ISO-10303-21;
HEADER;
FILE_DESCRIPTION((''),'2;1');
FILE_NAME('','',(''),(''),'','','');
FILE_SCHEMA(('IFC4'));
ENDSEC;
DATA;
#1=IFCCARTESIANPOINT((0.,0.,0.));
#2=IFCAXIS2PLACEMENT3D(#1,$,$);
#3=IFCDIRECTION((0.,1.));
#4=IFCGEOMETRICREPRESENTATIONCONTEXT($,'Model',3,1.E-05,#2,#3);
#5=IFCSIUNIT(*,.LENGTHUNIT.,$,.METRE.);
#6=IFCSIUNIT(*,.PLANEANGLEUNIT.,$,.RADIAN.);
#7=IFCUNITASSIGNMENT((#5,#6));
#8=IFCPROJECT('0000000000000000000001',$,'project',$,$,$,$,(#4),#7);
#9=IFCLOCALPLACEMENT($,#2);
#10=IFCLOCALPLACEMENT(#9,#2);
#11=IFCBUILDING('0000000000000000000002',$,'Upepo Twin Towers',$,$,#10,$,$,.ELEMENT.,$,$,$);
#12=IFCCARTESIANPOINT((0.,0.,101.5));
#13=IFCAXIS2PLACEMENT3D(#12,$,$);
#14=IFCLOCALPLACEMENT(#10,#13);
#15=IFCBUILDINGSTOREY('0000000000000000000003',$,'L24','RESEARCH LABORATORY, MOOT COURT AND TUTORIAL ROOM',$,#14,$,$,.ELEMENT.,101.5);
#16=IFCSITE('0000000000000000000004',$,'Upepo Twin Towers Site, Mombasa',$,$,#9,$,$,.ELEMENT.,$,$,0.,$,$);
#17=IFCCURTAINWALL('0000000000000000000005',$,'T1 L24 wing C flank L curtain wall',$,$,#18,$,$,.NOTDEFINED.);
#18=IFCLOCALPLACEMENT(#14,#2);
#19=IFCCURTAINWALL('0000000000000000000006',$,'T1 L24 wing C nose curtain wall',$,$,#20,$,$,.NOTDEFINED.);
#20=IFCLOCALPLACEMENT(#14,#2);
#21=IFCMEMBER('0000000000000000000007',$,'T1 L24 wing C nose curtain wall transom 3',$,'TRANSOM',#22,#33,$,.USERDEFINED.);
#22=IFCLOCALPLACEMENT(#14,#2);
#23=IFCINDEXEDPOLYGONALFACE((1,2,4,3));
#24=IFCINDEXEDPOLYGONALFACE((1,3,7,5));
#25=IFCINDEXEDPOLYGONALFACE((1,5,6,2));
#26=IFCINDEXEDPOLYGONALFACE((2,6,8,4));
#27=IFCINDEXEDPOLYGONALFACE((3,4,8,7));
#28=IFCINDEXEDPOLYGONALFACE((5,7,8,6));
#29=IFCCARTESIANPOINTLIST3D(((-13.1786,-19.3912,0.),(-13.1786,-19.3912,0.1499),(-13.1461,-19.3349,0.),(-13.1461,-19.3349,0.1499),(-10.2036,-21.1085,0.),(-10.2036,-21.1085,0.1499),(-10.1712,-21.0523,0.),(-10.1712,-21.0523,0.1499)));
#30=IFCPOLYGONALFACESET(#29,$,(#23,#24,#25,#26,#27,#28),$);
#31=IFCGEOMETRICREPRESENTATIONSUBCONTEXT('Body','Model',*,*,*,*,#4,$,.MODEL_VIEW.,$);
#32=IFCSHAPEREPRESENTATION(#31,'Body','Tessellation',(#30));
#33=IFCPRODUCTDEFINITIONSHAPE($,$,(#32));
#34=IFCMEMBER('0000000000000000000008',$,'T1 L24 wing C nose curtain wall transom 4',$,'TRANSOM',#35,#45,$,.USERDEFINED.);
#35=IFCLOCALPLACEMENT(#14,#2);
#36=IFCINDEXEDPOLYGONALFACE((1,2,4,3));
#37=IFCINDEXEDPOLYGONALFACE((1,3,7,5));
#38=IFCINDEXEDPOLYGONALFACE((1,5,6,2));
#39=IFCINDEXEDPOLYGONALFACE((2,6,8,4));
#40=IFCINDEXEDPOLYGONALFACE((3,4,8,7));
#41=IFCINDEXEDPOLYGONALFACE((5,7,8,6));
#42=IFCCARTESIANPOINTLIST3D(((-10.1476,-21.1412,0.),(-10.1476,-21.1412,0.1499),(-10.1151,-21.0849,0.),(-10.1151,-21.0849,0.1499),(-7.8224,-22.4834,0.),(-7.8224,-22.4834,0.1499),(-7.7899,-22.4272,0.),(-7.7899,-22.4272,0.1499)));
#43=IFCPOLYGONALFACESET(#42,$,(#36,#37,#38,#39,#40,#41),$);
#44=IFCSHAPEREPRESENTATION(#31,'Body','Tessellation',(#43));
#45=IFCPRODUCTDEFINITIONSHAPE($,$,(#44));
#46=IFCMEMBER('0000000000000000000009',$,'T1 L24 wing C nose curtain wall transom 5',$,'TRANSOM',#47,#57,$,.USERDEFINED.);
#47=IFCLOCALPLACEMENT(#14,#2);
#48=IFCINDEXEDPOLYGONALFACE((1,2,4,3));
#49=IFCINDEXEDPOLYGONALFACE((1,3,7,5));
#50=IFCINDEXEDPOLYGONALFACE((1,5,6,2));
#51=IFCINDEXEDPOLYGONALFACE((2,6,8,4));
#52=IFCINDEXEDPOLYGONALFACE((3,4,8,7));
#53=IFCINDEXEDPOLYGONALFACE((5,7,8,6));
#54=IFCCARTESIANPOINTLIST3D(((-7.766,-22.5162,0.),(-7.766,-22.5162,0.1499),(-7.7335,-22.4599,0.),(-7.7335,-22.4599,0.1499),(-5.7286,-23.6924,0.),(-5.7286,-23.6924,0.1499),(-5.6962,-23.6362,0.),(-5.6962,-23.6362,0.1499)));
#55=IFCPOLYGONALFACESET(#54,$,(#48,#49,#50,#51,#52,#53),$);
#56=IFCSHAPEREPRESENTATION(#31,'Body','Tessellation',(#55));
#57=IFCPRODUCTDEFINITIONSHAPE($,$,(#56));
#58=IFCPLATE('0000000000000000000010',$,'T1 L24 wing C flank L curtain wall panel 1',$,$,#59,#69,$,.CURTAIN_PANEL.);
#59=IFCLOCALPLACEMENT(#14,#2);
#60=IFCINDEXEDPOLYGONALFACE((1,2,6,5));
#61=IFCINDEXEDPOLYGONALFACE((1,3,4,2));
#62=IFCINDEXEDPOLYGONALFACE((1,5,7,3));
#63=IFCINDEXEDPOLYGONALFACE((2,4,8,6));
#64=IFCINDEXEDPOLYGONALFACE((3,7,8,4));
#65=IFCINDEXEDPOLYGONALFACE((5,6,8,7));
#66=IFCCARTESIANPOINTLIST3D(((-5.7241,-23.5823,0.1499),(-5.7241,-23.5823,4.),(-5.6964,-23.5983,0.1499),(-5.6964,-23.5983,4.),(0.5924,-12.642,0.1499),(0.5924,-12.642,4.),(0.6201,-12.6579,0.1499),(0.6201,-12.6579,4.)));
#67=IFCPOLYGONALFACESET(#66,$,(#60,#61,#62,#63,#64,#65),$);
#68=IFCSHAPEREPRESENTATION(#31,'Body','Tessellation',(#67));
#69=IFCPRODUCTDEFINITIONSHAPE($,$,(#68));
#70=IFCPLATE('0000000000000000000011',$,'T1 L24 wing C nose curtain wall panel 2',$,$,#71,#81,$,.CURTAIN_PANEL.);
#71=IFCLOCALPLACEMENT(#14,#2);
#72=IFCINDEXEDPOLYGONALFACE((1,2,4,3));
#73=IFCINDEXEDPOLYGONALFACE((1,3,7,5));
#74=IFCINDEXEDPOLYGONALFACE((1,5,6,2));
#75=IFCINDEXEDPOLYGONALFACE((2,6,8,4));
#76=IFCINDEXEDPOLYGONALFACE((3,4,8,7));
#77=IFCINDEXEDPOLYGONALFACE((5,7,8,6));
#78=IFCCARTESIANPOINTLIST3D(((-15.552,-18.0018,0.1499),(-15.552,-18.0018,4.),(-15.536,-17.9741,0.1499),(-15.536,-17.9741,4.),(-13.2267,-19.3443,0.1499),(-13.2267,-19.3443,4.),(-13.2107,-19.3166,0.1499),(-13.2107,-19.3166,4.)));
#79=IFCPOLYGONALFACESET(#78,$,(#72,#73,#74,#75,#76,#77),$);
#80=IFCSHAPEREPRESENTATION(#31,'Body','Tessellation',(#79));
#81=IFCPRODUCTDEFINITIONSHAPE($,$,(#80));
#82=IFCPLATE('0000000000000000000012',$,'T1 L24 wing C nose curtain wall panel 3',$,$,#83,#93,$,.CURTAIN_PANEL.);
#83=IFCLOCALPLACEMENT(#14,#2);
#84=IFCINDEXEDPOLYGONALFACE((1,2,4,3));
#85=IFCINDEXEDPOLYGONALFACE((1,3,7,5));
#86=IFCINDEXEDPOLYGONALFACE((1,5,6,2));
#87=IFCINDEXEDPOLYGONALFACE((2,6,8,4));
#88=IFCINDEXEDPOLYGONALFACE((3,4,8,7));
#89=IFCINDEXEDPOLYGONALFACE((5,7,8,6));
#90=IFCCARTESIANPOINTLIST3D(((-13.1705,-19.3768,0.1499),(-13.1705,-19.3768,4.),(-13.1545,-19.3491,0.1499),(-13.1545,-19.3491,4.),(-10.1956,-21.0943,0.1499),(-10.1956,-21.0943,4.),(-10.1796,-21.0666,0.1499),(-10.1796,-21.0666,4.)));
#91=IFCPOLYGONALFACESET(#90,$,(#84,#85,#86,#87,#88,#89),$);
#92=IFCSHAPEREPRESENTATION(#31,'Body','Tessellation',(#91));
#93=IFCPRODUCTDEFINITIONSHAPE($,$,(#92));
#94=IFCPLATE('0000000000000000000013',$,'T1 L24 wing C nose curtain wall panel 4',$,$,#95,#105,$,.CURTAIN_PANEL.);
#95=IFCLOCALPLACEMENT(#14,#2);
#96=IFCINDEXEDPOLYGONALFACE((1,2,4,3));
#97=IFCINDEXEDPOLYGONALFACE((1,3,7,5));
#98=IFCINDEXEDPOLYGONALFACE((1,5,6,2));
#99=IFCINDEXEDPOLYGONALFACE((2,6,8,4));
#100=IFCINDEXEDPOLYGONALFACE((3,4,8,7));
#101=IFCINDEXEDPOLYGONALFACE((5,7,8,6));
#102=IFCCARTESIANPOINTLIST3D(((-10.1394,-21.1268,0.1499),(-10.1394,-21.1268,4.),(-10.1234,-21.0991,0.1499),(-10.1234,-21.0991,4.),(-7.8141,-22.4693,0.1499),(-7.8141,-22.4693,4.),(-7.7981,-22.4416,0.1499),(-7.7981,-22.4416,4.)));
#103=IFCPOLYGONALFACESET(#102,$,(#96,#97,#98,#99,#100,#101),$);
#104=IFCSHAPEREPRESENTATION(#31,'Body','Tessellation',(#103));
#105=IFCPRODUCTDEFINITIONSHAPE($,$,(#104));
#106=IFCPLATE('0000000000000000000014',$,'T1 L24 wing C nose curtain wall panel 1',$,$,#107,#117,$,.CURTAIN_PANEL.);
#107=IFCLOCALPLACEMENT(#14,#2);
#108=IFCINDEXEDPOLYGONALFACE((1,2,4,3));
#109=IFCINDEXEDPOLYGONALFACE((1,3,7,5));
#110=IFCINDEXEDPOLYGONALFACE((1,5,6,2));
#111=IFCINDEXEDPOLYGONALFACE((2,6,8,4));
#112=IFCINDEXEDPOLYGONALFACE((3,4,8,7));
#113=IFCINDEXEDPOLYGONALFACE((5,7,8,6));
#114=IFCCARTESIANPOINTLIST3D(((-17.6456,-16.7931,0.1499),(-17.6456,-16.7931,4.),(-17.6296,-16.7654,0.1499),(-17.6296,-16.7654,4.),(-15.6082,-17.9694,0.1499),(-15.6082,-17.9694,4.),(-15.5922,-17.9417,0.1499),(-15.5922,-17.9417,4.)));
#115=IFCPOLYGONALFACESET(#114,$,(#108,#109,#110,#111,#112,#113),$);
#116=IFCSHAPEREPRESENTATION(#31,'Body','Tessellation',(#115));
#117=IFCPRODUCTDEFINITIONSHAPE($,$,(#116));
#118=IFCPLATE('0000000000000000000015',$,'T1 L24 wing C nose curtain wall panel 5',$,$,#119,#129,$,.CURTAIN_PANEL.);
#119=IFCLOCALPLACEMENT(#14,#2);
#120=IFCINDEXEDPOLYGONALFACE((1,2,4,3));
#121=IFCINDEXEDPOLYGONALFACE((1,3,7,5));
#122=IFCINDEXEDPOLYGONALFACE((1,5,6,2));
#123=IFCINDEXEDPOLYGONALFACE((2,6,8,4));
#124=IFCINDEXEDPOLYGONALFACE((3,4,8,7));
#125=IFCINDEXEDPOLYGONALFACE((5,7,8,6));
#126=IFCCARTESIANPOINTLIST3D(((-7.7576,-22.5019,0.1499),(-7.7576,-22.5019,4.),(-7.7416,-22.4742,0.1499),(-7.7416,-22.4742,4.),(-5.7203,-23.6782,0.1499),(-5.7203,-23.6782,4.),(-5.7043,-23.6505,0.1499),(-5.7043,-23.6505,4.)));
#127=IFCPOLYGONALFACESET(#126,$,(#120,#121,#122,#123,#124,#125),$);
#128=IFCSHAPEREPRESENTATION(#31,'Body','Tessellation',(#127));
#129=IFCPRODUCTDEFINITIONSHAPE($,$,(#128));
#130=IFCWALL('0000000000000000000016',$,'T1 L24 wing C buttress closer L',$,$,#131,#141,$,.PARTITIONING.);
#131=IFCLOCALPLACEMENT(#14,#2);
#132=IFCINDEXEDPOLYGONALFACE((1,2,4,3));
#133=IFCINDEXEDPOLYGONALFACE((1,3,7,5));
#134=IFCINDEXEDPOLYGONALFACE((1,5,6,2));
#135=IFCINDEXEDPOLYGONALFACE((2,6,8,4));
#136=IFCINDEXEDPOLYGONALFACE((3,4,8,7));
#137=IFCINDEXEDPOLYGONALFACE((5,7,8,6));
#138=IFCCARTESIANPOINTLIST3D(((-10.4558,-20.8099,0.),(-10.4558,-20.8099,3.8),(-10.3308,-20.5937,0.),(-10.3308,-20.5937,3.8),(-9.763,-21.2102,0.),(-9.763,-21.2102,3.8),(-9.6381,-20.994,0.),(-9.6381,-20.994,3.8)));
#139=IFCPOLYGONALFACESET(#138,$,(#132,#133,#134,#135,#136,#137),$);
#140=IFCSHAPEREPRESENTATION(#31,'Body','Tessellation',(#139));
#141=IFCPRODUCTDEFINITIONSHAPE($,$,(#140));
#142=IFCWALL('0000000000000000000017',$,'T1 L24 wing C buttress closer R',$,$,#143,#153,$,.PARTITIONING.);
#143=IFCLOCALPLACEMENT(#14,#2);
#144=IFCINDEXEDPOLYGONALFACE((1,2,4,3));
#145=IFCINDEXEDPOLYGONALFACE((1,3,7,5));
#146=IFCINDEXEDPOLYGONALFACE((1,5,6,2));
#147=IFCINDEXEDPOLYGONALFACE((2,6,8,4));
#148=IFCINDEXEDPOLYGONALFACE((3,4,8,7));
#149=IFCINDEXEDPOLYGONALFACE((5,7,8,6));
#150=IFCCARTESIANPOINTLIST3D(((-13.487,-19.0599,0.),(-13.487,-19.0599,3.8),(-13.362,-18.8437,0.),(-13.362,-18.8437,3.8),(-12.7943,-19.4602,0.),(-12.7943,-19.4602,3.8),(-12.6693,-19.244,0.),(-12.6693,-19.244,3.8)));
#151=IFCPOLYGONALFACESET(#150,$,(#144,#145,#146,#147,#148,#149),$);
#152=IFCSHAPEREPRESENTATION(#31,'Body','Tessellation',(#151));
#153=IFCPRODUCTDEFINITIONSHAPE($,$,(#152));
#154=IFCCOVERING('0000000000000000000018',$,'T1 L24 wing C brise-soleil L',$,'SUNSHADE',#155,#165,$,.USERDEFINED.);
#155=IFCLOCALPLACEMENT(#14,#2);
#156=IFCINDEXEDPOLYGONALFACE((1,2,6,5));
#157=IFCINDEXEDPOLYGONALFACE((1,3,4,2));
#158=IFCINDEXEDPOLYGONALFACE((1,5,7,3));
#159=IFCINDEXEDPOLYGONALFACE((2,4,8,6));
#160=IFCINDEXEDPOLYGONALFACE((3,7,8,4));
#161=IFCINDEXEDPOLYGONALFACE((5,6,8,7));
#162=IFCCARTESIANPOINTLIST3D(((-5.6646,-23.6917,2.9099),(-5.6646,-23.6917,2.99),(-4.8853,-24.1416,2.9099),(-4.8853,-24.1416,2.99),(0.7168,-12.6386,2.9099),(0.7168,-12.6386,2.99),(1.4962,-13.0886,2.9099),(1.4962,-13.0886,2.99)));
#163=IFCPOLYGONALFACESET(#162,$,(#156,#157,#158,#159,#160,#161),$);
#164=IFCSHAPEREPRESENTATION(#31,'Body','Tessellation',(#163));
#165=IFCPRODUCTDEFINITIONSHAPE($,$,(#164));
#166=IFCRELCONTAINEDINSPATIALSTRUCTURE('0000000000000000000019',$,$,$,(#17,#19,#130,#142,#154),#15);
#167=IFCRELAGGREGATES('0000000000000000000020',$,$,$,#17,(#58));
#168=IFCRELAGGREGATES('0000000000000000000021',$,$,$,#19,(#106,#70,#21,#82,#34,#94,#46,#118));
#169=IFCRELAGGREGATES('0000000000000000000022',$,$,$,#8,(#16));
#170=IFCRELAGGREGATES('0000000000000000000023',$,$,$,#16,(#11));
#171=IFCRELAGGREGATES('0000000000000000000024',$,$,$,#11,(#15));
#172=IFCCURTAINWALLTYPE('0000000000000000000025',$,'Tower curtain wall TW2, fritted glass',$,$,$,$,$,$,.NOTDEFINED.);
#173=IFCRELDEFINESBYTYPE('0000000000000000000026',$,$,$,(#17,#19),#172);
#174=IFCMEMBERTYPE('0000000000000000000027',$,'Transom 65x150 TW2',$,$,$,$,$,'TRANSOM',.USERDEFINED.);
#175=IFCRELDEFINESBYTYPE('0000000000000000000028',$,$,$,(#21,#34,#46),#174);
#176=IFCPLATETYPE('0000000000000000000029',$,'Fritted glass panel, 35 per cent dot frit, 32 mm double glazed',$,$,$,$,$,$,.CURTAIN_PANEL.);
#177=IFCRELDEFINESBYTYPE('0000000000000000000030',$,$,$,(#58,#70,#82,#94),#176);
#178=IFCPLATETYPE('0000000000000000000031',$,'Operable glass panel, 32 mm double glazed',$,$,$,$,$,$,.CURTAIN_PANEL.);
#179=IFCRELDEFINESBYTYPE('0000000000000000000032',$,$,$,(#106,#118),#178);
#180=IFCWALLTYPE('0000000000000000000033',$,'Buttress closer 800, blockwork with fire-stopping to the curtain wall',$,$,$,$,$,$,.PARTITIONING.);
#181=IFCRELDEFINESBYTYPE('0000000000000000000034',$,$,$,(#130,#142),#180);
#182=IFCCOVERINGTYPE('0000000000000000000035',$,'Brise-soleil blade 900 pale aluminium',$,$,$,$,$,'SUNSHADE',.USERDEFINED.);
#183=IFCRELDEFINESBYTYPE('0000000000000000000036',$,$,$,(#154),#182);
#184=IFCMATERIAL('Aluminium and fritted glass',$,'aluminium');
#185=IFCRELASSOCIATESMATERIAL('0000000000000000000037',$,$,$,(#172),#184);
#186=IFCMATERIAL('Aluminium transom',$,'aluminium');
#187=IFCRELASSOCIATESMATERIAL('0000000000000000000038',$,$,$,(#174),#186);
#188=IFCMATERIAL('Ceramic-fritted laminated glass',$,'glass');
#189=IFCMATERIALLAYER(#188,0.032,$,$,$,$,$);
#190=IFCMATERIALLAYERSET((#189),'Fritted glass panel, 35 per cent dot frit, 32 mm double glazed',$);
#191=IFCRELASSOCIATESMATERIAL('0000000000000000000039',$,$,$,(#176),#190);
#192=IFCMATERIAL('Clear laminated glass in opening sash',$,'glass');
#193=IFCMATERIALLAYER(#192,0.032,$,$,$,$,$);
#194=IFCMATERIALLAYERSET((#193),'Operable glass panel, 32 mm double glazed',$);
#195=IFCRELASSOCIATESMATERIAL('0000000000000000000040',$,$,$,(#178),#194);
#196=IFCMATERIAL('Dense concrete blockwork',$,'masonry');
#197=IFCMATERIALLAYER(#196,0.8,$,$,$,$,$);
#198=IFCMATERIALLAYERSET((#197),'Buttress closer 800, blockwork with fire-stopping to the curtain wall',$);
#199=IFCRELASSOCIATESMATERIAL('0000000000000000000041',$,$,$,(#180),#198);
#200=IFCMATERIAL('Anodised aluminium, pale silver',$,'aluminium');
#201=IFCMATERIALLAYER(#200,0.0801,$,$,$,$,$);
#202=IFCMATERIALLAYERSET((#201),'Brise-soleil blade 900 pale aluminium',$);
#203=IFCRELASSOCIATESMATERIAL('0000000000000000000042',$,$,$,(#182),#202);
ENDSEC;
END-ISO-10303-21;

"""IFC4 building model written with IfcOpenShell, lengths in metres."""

from ifc_helpers import new_model, si_unit, direction, frame, frame_2d, origin, origin_2d, place, context, subcontext, project, spatial, rectangle, extrude, material, layer, layer_set, material_profile, profile_set, type_object, element, aggregate, save


model = new_model("IFC4")

# Units and contexts
model_context = context("Model", 3, precision=1e-05, world=origin(), true_north=direction((0.0, 1.0)))
body_context = subcontext(model_context, "Body", "Model", "MODEL_VIEW")
ifc_project = project(units=[si_unit("LENGTHUNIT", "METRE"), si_unit("PLANEANGLEUNIT", "RADIAN")], contexts=[model_context])

# Site, building, storey
site_placement = place(None, origin())
site = spatial("IfcSite", under=ifc_project, at=site_placement, Name="Upepo Twin Towers Site, Mombasa", CompositionType="ELEMENT", RefElevation=0.0)
building_placement = place(site_placement, origin())
building = spatial("IfcBuilding", under=site, at=building_placement, Name="Upepo Twin Towers", CompositionType="ELEMENT")
storey_placement = place(building_placement, frame((0.0, 0.0, 101.5)))
storey = spatial("IfcBuildingStorey", under=building, at=storey_placement, Name="L24", Description="RESEARCH LABORATORY, MOOT COURT AND TUTORIAL ROOM", CompositionType="ELEMENT", Elevation=101.5)

# Curtain wall
ifc_material_1 = material(Name="Aluminium and fritted glass", Category="aluminium")
curtain_wall_type = type_object("IfcCurtainWallType", Name="Tower curtain wall TW2, fritted glass", PredefinedType="NOTDEFINED", material=ifc_material_1)
curtain_wall_1_placement = place(storey_placement, origin())
curtain_wall_1 = element("IfcCurtainWall", 1, at=curtain_wall_1_placement, inside=storey, type_object=curtain_wall_type, Name="T1 L24 wing C flank L curtain wall", PredefinedType="NOTDEFINED")

# Curtain wall
curtain_wall_2_placement = place(storey_placement, origin())
curtain_wall_2 = element("IfcCurtainWall", 2, at=curtain_wall_2_placement, inside=storey, type_object=curtain_wall_type, Name="T1 L24 wing C nose curtain wall", PredefinedType="NOTDEFINED")

# Members
ifc_material_2 = material(Name="Aluminium transom", Category="aluminium")
ifc_material_profile_1 = material_profile(ifc_material_2, rectangle(XDim=0.0649, YDim=0.1499, at=origin_2d()), Name="TRANSOM 65x150")
ifc_profile_set_1 = profile_set([ifc_material_profile_1], Name="Aluminium transom")
member_type_1 = type_object("IfcMemberType", Name="Transom 65x150 TW2", ElementType="TRANSOM", PredefinedType="USERDEFINED", material=ifc_profile_set_1)
member_1_placement = place(storey_placement, frame((-13.1624, -19.363, 0.075), z_axis=(0.866057, -0.499946, 0.0), x_axis=(0.499946, 0.866057, 0.0)))
member_1 = element("IfcMember", 3, at=member_1_placement, type_object=member_type_1, Name="T1 L24 wing C nose curtain wall transom 3", ObjectType="TRANSOM", PredefinedType="USERDEFINED", context=body_context, shape_type="SweptSolid", body=[
    extrude(rectangle(XDim=0.0649, YDim=0.1499, at=origin_2d()), origin(), (0.0, 0.0, 1.0), 3.4351),
])
member_2_placement = place(storey_placement, frame((-10.1313, -21.113, 0.075), z_axis=(0.866052, -0.499953, 0.0), x_axis=(0.499953, 0.866052, 0.0)))
member_2 = element("IfcMember", 4, at=member_2_placement, type_object=member_type_1, Name="T1 L24 wing C nose curtain wall transom 4", ObjectType="TRANSOM", PredefinedType="USERDEFINED", context=body_context, shape_type="SweptSolid", body=[
    extrude(rectangle(XDim=0.0649, YDim=0.1499, at=origin_2d()), origin(), (0.0, 0.0, 1.0), 2.6848),
])
member_3_placement = place(storey_placement, frame((-7.7498, -22.488, 0.075), z_axis=(0.866025, -0.500001, 0.0), x_axis=(0.500001, 0.866025, 0.0)))
member_3 = element("IfcMember", 5, at=member_3_placement, type_object=member_type_1, Name="T1 L24 wing C nose curtain wall transom 5", ObjectType="TRANSOM", PredefinedType="USERDEFINED", context=body_context, shape_type="SweptSolid", body=[
    extrude(rectangle(XDim=0.0649, YDim=0.1499, at=origin_2d()), origin(), (0.0, 0.0, 1.0), 2.3525),
])

# Plates
ifc_material_3 = material(Name="Ceramic-fritted laminated glass", Category="glass")
ifc_layer_1 = layer(ifc_material_3, 0.032)
ifc_layer_set_1 = layer_set([ifc_layer_1], Name="Fritted glass panel, 35 per cent dot frit, 32 mm double glazed")
plate_type_1 = type_object("IfcPlateType", Name="Fritted glass panel, 35 per cent dot frit, 32 mm double glazed", PredefinedType="CURTAIN_PANEL", material=ifc_layer_set_1)
plate_1_placement = place(storey_placement, frame((-2.552, -18.1201, 0.1499), z_axis=(0.0, 0.0, 1.0), x_axis=(-0.5, -0.866025, 0.0)))
plate_1 = element("IfcPlate", 6, at=plate_1_placement, type_object=plate_type_1, Name="T1 L24 wing C flank L curtain wall panel 1", PredefinedType="CURTAIN_PANEL", context=body_context, shape_type="SweptSolid", body=[
    extrude(rectangle(XDim=12.6328, YDim=0.032, at=origin_2d()), origin(), (0.0, 0.0, 1.0), 3.8501),
])
aggregate(curtain_wall_1, [plate_1])
plate_2_placement = place(storey_placement, frame((-14.3813, -18.6592, 0.1499), z_axis=(0.0, 0.0, 1.0), x_axis=(0.866025, -0.5, 0.0)))
plate_2 = element("IfcPlate", 7, at=plate_2_placement, type_object=plate_type_1, Name="T1 L24 wing C nose curtain wall panel 2", PredefinedType="CURTAIN_PANEL", context=body_context, shape_type="SweptSolid", body=[
    extrude(rectangle(XDim=2.6851, YDim=0.032, at=origin_2d()), origin(), (0.0, 0.0, 1.0), 3.8501),
])
plate_3_placement = place(storey_placement, frame((-11.675, -20.2217, 0.1499), z_axis=(0.0, 0.0, 1.0), x_axis=(0.866025, -0.5, 0.0)))
plate_3 = element("IfcPlate", 8, at=plate_3_placement, type_object=plate_type_1, Name="T1 L24 wing C nose curtain wall panel 3", PredefinedType="CURTAIN_PANEL", context=body_context, shape_type="SweptSolid", body=[
    extrude(rectangle(XDim=3.4351, YDim=0.032, at=origin_2d()), origin(), (0.0, 0.0, 1.0), 3.8501),
])
plate_4_placement = place(storey_placement, frame((-8.9688, -21.7842, 0.1499), z_axis=(0.0, 0.0, 1.0), x_axis=(0.866025, -0.5, 0.0)))
plate_4 = element("IfcPlate", 9, at=plate_4_placement, type_object=plate_type_1, Name="T1 L24 wing C nose curtain wall panel 4", PredefinedType="CURTAIN_PANEL", context=body_context, shape_type="SweptSolid", body=[
    extrude(rectangle(XDim=2.6851, YDim=0.032, at=origin_2d()), origin(), (0.0, 0.0, 1.0), 3.8501),
])
ifc_material_4 = material(Name="Clear laminated glass in opening sash", Category="glass")
ifc_layer_2 = layer(ifc_material_4, 0.032)
ifc_layer_set_2 = layer_set([ifc_layer_2], Name="Operable glass panel, 32 mm double glazed")
plate_type_2 = type_object("IfcPlateType", Name="Operable glass panel, 32 mm double glazed", PredefinedType="CURTAIN_PANEL", material=ifc_layer_set_2)
plate_5_placement = place(storey_placement, frame((-16.6189, -17.3674, 0.1499), z_axis=(0.0, 0.0, 1.0), x_axis=(0.866025, -0.5, 0.0)))
plate_5 = element("IfcPlate", 10, at=plate_5_placement, type_object=plate_type_2, Name="T1 L24 wing C nose curtain wall panel 1", PredefinedType="CURTAIN_PANEL", context=body_context, shape_type="SweptSolid", body=[
    extrude(rectangle(XDim=2.3525, YDim=0.032, at=origin_2d()), origin(), (0.0, 0.0, 1.0), 3.8501),
])
plate_6_placement = place(storey_placement, frame((-6.731, -23.0762, 0.1499), z_axis=(0.0, 0.0, 1.0), x_axis=(0.866025, -0.5, 0.0)))
plate_6 = element("IfcPlate", 11, at=plate_6_placement, type_object=plate_type_2, Name="T1 L24 wing C nose curtain wall panel 5", PredefinedType="CURTAIN_PANEL", context=body_context, shape_type="SweptSolid", body=[
    extrude(rectangle(XDim=2.3525, YDim=0.032, at=origin_2d()), origin(), (0.0, 0.0, 1.0), 3.8501),
])
aggregate(curtain_wall_2, [plate_5, plate_2, member_1, plate_3, member_2, plate_4, member_3, plate_6])

# Walls
ifc_material_5 = material(Name="Dense concrete blockwork", Category="masonry")
ifc_layer_3 = layer(ifc_material_5, 0.8)
ifc_layer_set_3 = layer_set([ifc_layer_3], Name="Buttress closer 800, blockwork with fire-stopping to the curtain wall")
wall_type = type_object("IfcWallType", Name="Buttress closer 800, blockwork with fire-stopping to the curtain wall", PredefinedType="PARTITIONING", material=ifc_layer_set_3)
for number, where, z_axis, x_axis, name in (
    (12, (-9.9844, -20.7937, 0.0), (0.0, 0.0, 1.0), (-0.500343, -0.865827, 0.0), "T1 L24 wing C buttress closer L"),
    (13, (-13.0156, -19.0437, 0.0), (0.0, 0.0, 1.0), (-0.500343, -0.865827, 0.0), "T1 L24 wing C buttress closer R"),
):
    element("IfcWall", number, at=place(storey_placement, frame(where, z_axis=z_axis, x_axis=x_axis)), inside=storey, type_object=wall_type, Name=name, PredefinedType="PARTITIONING", context=body_context, shape_type="SweptSolid", body=[
        extrude(rectangle(XDim=0.2498, YDim=0.8, at=frame_2d((0.125, 0.0))), origin(), (0.0, 0.0, 1.0), 3.8),
    ])

# Covering
ifc_material_6 = material(Name="Anodised aluminium, pale silver", Category="aluminium")
ifc_layer_4 = layer(ifc_material_6, 0.0801)
ifc_layer_set_4 = layer_set([ifc_layer_4], Name="Brise-soleil blade 900 pale aluminium")
covering_type = type_object("IfcCoveringType", Name="Brise-soleil blade 900 pale aluminium", ElementType="SUNSHADE", PredefinedType="USERDEFINED", material=ifc_layer_set_4)
covering_placement = place(storey_placement, frame((-2.0842, -18.3901, 2.9099), z_axis=(0.0, 0.0, 1.0), x_axis=(-0.5, -0.866025, 0.0)))
element("IfcCovering", 14, at=covering_placement, inside=storey, type_object=covering_type, Name="T1 L24 wing C brise-soleil L", ObjectType="SUNSHADE", PredefinedType="USERDEFINED", context=body_context, shape_type="SweptSolid", body=[
    extrude(rectangle(XDim=12.7629, YDim=0.8999, at=origin_2d()), origin(), (0.0, 0.0, 1.0), 0.0801),
])

save(model, "model.ifc")
